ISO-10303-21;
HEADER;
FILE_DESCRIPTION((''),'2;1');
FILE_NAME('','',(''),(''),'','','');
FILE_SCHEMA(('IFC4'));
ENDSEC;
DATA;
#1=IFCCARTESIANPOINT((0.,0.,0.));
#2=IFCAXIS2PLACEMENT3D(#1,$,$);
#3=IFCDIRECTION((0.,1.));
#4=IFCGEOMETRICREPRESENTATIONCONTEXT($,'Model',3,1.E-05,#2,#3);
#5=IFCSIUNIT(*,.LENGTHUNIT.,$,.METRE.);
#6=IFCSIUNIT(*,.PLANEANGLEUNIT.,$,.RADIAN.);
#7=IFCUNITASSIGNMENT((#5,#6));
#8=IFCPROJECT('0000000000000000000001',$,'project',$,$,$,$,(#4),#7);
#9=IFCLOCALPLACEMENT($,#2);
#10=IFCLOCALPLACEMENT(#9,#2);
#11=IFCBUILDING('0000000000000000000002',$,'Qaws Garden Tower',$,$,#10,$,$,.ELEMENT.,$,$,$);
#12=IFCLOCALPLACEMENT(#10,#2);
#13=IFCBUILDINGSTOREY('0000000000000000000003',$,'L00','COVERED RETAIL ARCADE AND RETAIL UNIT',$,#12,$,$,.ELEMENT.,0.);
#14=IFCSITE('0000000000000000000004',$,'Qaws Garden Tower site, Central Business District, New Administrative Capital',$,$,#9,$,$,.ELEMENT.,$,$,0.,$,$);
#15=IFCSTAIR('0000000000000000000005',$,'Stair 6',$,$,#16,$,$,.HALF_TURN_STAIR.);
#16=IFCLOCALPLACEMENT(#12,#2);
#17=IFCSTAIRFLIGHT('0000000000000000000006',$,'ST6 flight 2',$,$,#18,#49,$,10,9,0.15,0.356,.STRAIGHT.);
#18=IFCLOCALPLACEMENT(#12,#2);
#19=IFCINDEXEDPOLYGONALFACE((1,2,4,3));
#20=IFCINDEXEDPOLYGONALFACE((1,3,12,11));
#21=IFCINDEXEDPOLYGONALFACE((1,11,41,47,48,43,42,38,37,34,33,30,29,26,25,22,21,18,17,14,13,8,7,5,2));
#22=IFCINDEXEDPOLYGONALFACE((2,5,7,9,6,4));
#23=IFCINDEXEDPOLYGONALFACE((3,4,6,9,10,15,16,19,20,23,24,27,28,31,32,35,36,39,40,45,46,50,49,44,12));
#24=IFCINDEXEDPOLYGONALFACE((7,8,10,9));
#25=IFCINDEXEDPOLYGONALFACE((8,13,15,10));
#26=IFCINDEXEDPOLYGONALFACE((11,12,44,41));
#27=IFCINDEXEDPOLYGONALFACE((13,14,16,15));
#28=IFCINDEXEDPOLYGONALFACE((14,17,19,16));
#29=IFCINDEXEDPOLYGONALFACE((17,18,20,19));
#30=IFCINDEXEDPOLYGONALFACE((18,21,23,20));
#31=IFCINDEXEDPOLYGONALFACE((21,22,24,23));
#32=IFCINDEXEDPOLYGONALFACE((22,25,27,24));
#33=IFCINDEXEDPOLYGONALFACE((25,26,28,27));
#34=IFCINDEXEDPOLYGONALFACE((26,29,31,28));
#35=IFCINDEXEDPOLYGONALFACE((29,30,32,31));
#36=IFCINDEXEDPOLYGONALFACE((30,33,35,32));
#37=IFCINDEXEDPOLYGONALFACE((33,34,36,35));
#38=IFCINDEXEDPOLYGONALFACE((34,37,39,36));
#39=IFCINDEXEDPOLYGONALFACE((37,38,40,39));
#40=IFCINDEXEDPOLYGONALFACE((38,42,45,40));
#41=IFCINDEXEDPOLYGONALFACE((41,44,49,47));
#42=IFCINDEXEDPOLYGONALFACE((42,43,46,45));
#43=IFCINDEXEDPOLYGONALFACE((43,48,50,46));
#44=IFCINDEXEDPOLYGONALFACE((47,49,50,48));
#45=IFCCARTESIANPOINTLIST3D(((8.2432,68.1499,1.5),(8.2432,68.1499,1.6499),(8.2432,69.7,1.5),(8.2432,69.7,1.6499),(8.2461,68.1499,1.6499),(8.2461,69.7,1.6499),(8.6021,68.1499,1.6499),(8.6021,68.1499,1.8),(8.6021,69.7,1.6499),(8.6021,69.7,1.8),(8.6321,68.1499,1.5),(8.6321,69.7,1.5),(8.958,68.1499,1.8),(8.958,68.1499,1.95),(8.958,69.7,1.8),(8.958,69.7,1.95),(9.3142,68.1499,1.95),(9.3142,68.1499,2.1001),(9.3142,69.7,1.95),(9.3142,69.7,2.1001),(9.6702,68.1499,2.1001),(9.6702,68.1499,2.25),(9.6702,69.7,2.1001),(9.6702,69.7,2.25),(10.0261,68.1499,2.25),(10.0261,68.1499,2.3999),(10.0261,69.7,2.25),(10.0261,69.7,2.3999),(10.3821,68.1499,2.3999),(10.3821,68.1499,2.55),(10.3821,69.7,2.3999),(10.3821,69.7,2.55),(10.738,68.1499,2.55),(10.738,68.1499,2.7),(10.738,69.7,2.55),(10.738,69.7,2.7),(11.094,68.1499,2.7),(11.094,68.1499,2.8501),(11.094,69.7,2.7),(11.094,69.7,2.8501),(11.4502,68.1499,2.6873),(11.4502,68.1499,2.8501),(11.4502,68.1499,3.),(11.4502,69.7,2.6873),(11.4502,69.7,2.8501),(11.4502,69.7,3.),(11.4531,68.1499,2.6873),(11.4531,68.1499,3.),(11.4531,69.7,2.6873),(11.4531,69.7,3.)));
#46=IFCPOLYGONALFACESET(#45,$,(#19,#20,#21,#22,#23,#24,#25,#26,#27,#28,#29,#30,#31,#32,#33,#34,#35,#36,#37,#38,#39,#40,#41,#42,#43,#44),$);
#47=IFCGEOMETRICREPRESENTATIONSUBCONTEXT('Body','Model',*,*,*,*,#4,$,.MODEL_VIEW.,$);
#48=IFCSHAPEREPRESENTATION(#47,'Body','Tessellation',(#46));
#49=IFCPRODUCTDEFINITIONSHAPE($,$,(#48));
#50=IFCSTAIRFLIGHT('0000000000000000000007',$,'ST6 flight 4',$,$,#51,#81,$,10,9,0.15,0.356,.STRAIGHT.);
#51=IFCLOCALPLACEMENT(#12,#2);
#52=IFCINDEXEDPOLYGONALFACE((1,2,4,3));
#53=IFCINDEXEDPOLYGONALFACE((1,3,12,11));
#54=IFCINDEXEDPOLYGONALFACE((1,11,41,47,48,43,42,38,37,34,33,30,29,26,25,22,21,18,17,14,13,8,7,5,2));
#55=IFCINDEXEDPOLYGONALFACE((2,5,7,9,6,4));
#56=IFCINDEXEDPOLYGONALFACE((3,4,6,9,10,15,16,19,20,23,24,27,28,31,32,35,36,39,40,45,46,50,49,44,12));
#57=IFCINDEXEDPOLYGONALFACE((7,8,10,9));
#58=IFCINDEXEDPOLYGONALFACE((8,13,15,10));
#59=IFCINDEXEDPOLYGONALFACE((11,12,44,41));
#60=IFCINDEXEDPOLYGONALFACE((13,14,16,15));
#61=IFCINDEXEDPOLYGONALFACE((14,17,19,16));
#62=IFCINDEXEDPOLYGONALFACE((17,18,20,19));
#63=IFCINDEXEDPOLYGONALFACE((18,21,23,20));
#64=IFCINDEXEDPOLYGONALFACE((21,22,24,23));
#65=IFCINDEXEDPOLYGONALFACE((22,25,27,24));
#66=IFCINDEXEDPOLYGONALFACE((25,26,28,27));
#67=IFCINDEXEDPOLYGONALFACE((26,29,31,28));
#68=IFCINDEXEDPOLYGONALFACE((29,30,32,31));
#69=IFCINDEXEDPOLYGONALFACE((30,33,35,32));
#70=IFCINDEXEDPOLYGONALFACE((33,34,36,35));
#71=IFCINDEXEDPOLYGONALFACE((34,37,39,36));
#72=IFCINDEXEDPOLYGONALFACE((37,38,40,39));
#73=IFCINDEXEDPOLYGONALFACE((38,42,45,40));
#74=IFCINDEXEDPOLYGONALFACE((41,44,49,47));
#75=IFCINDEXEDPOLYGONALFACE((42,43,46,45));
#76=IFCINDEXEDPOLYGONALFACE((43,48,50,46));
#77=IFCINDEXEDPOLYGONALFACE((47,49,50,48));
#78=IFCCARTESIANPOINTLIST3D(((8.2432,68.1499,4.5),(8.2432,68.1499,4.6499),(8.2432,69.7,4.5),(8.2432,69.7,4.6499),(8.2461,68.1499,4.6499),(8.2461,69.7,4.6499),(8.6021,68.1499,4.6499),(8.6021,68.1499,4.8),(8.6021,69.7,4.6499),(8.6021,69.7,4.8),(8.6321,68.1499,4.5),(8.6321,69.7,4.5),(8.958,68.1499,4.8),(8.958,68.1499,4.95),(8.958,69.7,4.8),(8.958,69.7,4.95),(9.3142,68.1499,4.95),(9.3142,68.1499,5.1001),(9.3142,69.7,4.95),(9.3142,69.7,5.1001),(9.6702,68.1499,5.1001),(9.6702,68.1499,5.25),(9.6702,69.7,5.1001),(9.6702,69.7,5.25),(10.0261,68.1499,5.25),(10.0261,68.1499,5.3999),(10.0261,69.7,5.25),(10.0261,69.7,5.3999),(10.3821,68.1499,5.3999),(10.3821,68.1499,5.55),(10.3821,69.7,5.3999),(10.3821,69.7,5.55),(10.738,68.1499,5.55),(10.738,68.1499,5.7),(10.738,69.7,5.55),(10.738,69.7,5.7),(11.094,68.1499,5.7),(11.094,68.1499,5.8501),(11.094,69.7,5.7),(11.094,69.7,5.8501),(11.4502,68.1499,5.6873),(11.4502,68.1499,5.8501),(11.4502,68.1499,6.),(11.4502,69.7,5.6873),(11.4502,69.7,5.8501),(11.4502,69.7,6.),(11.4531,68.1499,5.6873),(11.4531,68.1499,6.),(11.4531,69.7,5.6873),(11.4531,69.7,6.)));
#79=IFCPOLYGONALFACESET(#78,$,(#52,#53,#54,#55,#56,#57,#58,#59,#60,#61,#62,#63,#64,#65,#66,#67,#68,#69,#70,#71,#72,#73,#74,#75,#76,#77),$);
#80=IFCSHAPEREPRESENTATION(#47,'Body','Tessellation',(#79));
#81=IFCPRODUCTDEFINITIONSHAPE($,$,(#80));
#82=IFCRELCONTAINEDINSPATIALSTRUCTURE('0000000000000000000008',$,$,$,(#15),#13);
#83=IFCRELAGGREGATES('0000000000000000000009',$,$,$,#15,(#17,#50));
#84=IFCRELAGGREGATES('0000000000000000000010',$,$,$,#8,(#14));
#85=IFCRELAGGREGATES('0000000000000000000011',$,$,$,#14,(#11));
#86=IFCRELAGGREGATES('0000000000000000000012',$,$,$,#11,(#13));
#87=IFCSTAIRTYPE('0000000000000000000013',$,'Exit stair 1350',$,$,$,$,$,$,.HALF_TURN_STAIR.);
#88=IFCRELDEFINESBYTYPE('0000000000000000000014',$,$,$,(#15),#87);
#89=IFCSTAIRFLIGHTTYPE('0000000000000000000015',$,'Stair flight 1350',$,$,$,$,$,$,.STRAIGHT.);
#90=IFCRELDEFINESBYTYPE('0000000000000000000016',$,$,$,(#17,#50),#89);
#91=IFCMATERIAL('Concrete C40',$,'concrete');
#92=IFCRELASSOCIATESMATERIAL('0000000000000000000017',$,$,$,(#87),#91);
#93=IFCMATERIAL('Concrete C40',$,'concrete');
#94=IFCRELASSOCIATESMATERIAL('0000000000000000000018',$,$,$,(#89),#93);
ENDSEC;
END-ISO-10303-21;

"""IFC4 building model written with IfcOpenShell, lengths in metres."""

from ifc_helpers import new_model, si_unit, direction, frame, origin, place, context, subcontext, project, spatial, polyline, outline, extrude, material, type_object, element, aggregate, save


model = new_model("IFC4")

# Units and contexts
model_context = context("Model", 3, precision=1e-05, world=origin(), true_north=direction((0.0, 1.0)))
body_context = subcontext(model_context, "Body", "Model", "MODEL_VIEW")
ifc_project = project(units=[si_unit("LENGTHUNIT", "METRE"), si_unit("PLANEANGLEUNIT", "RADIAN")], contexts=[model_context])

# Site, building, storey
site_placement = place(None, origin())
site = spatial("IfcSite", under=ifc_project, at=site_placement, Name="Qaws Garden Tower site, Central Business District, New Administrative Capital", CompositionType="ELEMENT", RefElevation=0.0)
building_placement = place(site_placement, origin())
building = spatial("IfcBuilding", under=site, at=building_placement, Name="Qaws Garden Tower", CompositionType="ELEMENT")
storey_placement = place(building_placement, origin())
storey = spatial("IfcBuildingStorey", under=building, at=storey_placement, Name="L00", Description="COVERED RETAIL ARCADE AND RETAIL UNIT", CompositionType="ELEMENT", Elevation=0.0)

# Shared definitions
placement = place(storey_placement, origin())

# Stair, stair flights
ifc_material_1 = material(Name="Concrete C40", Category="concrete")
stair_type = type_object("IfcStairType", Name="Exit stair 1350", PredefinedType="HALF_TURN_STAIR", material=ifc_material_1)
stair = element("IfcStair", 1, at=placement, inside=storey, type_object=stair_type, Name="Stair 6", PredefinedType="HALF_TURN_STAIR")
ifc_material_2 = material(Name="Concrete C40", Category="concrete")
stair_flight_type = type_object("IfcStairFlightType", Name="Stair flight 1350", PredefinedType="STRAIGHT", material=ifc_material_2)
stair_flight_1_placement = place(storey_placement, frame((8.2461, 68.925, 1.5), z_axis=(0.0, 0.0, 1.0), x_axis=(1.0, 0.0, 0.0)))
stair_flight_1 = element("IfcStairFlight", 2, at=stair_flight_1_placement, type_object=stair_flight_type, Name="ST6 flight 2", NumberOfRisers=10, NumberOfTreads=9, PredefinedType="STRAIGHT", RiserHeight=0.15, TreadLength=0.356, context=body_context, shape_type="SweptSolid", body=[
    extrude(outline(polyline([(-0.0029, 0.0), (-0.0029, 0.1499), (0.0, 0.1499), (0.356, 0.1499), (0.356, 0.3), (0.7119, 0.3), (0.7119, 0.45), (1.0681, 0.45), (1.0681, 0.6001), (1.4241, 0.6001), (1.4241, 0.75), (1.78, 0.75), (1.78, 0.8999), (2.136, 0.8999), (2.136, 1.05), (2.4919, 1.05), (2.4919, 1.2), (2.8479, 1.2), (2.8479, 1.3501), (3.2041, 1.3501), (3.2041, 1.5), (3.207, 1.5), (3.207, 1.1873), (3.2041, 1.1873), (0.386, 0.0), (-0.0029, 0.0)])), frame((0.0, 0.7749, 0.0), z_axis=(0.0, -1.0, 0.0), x_axis=(1.0, 0.0, 0.0)), (0.0, 0.0, 1.0), 1.55),
])
stair_flight_2_placement = place(storey_placement, frame((8.2461, 68.925, 4.5), z_axis=(0.0, 0.0, 1.0), x_axis=(1.0, 0.0, 0.0)))
stair_flight_2 = element("IfcStairFlight", 3, at=stair_flight_2_placement, type_object=stair_flight_type, Name="ST6 flight 4", NumberOfRisers=10, NumberOfTreads=9, PredefinedType="STRAIGHT", RiserHeight=0.15, TreadLength=0.356, context=body_context, shape_type="SweptSolid", body=[
    extrude(outline(polyline([(-0.0029, 0.0), (-0.0029, 0.1499), (0.0, 0.1499), (0.356, 0.1499), (0.356, 0.3), (0.7119, 0.3), (0.7119, 0.45), (1.0681, 0.45), (1.0681, 0.6001), (1.4241, 0.6001), (1.4241, 0.75), (1.78, 0.75), (1.78, 0.8999), (2.136, 0.8999), (2.136, 1.05), (2.4919, 1.05), (2.4919, 1.2), (2.8479, 1.2), (2.8479, 1.3501), (3.2041, 1.3501), (3.2041, 1.5), (3.207, 1.5), (3.207, 1.1873), (3.2041, 1.1873), (0.386, 0.0), (-0.0029, 0.0)])), frame((0.0, 0.7749, 0.0), z_axis=(0.0, -1.0, 0.0), x_axis=(1.0, 0.0, 0.0)), (0.0, 0.0, 1.0), 1.55),
])
aggregate(stair, [stair_flight_1, stair_flight_2])

save(model, "model.ifc")
